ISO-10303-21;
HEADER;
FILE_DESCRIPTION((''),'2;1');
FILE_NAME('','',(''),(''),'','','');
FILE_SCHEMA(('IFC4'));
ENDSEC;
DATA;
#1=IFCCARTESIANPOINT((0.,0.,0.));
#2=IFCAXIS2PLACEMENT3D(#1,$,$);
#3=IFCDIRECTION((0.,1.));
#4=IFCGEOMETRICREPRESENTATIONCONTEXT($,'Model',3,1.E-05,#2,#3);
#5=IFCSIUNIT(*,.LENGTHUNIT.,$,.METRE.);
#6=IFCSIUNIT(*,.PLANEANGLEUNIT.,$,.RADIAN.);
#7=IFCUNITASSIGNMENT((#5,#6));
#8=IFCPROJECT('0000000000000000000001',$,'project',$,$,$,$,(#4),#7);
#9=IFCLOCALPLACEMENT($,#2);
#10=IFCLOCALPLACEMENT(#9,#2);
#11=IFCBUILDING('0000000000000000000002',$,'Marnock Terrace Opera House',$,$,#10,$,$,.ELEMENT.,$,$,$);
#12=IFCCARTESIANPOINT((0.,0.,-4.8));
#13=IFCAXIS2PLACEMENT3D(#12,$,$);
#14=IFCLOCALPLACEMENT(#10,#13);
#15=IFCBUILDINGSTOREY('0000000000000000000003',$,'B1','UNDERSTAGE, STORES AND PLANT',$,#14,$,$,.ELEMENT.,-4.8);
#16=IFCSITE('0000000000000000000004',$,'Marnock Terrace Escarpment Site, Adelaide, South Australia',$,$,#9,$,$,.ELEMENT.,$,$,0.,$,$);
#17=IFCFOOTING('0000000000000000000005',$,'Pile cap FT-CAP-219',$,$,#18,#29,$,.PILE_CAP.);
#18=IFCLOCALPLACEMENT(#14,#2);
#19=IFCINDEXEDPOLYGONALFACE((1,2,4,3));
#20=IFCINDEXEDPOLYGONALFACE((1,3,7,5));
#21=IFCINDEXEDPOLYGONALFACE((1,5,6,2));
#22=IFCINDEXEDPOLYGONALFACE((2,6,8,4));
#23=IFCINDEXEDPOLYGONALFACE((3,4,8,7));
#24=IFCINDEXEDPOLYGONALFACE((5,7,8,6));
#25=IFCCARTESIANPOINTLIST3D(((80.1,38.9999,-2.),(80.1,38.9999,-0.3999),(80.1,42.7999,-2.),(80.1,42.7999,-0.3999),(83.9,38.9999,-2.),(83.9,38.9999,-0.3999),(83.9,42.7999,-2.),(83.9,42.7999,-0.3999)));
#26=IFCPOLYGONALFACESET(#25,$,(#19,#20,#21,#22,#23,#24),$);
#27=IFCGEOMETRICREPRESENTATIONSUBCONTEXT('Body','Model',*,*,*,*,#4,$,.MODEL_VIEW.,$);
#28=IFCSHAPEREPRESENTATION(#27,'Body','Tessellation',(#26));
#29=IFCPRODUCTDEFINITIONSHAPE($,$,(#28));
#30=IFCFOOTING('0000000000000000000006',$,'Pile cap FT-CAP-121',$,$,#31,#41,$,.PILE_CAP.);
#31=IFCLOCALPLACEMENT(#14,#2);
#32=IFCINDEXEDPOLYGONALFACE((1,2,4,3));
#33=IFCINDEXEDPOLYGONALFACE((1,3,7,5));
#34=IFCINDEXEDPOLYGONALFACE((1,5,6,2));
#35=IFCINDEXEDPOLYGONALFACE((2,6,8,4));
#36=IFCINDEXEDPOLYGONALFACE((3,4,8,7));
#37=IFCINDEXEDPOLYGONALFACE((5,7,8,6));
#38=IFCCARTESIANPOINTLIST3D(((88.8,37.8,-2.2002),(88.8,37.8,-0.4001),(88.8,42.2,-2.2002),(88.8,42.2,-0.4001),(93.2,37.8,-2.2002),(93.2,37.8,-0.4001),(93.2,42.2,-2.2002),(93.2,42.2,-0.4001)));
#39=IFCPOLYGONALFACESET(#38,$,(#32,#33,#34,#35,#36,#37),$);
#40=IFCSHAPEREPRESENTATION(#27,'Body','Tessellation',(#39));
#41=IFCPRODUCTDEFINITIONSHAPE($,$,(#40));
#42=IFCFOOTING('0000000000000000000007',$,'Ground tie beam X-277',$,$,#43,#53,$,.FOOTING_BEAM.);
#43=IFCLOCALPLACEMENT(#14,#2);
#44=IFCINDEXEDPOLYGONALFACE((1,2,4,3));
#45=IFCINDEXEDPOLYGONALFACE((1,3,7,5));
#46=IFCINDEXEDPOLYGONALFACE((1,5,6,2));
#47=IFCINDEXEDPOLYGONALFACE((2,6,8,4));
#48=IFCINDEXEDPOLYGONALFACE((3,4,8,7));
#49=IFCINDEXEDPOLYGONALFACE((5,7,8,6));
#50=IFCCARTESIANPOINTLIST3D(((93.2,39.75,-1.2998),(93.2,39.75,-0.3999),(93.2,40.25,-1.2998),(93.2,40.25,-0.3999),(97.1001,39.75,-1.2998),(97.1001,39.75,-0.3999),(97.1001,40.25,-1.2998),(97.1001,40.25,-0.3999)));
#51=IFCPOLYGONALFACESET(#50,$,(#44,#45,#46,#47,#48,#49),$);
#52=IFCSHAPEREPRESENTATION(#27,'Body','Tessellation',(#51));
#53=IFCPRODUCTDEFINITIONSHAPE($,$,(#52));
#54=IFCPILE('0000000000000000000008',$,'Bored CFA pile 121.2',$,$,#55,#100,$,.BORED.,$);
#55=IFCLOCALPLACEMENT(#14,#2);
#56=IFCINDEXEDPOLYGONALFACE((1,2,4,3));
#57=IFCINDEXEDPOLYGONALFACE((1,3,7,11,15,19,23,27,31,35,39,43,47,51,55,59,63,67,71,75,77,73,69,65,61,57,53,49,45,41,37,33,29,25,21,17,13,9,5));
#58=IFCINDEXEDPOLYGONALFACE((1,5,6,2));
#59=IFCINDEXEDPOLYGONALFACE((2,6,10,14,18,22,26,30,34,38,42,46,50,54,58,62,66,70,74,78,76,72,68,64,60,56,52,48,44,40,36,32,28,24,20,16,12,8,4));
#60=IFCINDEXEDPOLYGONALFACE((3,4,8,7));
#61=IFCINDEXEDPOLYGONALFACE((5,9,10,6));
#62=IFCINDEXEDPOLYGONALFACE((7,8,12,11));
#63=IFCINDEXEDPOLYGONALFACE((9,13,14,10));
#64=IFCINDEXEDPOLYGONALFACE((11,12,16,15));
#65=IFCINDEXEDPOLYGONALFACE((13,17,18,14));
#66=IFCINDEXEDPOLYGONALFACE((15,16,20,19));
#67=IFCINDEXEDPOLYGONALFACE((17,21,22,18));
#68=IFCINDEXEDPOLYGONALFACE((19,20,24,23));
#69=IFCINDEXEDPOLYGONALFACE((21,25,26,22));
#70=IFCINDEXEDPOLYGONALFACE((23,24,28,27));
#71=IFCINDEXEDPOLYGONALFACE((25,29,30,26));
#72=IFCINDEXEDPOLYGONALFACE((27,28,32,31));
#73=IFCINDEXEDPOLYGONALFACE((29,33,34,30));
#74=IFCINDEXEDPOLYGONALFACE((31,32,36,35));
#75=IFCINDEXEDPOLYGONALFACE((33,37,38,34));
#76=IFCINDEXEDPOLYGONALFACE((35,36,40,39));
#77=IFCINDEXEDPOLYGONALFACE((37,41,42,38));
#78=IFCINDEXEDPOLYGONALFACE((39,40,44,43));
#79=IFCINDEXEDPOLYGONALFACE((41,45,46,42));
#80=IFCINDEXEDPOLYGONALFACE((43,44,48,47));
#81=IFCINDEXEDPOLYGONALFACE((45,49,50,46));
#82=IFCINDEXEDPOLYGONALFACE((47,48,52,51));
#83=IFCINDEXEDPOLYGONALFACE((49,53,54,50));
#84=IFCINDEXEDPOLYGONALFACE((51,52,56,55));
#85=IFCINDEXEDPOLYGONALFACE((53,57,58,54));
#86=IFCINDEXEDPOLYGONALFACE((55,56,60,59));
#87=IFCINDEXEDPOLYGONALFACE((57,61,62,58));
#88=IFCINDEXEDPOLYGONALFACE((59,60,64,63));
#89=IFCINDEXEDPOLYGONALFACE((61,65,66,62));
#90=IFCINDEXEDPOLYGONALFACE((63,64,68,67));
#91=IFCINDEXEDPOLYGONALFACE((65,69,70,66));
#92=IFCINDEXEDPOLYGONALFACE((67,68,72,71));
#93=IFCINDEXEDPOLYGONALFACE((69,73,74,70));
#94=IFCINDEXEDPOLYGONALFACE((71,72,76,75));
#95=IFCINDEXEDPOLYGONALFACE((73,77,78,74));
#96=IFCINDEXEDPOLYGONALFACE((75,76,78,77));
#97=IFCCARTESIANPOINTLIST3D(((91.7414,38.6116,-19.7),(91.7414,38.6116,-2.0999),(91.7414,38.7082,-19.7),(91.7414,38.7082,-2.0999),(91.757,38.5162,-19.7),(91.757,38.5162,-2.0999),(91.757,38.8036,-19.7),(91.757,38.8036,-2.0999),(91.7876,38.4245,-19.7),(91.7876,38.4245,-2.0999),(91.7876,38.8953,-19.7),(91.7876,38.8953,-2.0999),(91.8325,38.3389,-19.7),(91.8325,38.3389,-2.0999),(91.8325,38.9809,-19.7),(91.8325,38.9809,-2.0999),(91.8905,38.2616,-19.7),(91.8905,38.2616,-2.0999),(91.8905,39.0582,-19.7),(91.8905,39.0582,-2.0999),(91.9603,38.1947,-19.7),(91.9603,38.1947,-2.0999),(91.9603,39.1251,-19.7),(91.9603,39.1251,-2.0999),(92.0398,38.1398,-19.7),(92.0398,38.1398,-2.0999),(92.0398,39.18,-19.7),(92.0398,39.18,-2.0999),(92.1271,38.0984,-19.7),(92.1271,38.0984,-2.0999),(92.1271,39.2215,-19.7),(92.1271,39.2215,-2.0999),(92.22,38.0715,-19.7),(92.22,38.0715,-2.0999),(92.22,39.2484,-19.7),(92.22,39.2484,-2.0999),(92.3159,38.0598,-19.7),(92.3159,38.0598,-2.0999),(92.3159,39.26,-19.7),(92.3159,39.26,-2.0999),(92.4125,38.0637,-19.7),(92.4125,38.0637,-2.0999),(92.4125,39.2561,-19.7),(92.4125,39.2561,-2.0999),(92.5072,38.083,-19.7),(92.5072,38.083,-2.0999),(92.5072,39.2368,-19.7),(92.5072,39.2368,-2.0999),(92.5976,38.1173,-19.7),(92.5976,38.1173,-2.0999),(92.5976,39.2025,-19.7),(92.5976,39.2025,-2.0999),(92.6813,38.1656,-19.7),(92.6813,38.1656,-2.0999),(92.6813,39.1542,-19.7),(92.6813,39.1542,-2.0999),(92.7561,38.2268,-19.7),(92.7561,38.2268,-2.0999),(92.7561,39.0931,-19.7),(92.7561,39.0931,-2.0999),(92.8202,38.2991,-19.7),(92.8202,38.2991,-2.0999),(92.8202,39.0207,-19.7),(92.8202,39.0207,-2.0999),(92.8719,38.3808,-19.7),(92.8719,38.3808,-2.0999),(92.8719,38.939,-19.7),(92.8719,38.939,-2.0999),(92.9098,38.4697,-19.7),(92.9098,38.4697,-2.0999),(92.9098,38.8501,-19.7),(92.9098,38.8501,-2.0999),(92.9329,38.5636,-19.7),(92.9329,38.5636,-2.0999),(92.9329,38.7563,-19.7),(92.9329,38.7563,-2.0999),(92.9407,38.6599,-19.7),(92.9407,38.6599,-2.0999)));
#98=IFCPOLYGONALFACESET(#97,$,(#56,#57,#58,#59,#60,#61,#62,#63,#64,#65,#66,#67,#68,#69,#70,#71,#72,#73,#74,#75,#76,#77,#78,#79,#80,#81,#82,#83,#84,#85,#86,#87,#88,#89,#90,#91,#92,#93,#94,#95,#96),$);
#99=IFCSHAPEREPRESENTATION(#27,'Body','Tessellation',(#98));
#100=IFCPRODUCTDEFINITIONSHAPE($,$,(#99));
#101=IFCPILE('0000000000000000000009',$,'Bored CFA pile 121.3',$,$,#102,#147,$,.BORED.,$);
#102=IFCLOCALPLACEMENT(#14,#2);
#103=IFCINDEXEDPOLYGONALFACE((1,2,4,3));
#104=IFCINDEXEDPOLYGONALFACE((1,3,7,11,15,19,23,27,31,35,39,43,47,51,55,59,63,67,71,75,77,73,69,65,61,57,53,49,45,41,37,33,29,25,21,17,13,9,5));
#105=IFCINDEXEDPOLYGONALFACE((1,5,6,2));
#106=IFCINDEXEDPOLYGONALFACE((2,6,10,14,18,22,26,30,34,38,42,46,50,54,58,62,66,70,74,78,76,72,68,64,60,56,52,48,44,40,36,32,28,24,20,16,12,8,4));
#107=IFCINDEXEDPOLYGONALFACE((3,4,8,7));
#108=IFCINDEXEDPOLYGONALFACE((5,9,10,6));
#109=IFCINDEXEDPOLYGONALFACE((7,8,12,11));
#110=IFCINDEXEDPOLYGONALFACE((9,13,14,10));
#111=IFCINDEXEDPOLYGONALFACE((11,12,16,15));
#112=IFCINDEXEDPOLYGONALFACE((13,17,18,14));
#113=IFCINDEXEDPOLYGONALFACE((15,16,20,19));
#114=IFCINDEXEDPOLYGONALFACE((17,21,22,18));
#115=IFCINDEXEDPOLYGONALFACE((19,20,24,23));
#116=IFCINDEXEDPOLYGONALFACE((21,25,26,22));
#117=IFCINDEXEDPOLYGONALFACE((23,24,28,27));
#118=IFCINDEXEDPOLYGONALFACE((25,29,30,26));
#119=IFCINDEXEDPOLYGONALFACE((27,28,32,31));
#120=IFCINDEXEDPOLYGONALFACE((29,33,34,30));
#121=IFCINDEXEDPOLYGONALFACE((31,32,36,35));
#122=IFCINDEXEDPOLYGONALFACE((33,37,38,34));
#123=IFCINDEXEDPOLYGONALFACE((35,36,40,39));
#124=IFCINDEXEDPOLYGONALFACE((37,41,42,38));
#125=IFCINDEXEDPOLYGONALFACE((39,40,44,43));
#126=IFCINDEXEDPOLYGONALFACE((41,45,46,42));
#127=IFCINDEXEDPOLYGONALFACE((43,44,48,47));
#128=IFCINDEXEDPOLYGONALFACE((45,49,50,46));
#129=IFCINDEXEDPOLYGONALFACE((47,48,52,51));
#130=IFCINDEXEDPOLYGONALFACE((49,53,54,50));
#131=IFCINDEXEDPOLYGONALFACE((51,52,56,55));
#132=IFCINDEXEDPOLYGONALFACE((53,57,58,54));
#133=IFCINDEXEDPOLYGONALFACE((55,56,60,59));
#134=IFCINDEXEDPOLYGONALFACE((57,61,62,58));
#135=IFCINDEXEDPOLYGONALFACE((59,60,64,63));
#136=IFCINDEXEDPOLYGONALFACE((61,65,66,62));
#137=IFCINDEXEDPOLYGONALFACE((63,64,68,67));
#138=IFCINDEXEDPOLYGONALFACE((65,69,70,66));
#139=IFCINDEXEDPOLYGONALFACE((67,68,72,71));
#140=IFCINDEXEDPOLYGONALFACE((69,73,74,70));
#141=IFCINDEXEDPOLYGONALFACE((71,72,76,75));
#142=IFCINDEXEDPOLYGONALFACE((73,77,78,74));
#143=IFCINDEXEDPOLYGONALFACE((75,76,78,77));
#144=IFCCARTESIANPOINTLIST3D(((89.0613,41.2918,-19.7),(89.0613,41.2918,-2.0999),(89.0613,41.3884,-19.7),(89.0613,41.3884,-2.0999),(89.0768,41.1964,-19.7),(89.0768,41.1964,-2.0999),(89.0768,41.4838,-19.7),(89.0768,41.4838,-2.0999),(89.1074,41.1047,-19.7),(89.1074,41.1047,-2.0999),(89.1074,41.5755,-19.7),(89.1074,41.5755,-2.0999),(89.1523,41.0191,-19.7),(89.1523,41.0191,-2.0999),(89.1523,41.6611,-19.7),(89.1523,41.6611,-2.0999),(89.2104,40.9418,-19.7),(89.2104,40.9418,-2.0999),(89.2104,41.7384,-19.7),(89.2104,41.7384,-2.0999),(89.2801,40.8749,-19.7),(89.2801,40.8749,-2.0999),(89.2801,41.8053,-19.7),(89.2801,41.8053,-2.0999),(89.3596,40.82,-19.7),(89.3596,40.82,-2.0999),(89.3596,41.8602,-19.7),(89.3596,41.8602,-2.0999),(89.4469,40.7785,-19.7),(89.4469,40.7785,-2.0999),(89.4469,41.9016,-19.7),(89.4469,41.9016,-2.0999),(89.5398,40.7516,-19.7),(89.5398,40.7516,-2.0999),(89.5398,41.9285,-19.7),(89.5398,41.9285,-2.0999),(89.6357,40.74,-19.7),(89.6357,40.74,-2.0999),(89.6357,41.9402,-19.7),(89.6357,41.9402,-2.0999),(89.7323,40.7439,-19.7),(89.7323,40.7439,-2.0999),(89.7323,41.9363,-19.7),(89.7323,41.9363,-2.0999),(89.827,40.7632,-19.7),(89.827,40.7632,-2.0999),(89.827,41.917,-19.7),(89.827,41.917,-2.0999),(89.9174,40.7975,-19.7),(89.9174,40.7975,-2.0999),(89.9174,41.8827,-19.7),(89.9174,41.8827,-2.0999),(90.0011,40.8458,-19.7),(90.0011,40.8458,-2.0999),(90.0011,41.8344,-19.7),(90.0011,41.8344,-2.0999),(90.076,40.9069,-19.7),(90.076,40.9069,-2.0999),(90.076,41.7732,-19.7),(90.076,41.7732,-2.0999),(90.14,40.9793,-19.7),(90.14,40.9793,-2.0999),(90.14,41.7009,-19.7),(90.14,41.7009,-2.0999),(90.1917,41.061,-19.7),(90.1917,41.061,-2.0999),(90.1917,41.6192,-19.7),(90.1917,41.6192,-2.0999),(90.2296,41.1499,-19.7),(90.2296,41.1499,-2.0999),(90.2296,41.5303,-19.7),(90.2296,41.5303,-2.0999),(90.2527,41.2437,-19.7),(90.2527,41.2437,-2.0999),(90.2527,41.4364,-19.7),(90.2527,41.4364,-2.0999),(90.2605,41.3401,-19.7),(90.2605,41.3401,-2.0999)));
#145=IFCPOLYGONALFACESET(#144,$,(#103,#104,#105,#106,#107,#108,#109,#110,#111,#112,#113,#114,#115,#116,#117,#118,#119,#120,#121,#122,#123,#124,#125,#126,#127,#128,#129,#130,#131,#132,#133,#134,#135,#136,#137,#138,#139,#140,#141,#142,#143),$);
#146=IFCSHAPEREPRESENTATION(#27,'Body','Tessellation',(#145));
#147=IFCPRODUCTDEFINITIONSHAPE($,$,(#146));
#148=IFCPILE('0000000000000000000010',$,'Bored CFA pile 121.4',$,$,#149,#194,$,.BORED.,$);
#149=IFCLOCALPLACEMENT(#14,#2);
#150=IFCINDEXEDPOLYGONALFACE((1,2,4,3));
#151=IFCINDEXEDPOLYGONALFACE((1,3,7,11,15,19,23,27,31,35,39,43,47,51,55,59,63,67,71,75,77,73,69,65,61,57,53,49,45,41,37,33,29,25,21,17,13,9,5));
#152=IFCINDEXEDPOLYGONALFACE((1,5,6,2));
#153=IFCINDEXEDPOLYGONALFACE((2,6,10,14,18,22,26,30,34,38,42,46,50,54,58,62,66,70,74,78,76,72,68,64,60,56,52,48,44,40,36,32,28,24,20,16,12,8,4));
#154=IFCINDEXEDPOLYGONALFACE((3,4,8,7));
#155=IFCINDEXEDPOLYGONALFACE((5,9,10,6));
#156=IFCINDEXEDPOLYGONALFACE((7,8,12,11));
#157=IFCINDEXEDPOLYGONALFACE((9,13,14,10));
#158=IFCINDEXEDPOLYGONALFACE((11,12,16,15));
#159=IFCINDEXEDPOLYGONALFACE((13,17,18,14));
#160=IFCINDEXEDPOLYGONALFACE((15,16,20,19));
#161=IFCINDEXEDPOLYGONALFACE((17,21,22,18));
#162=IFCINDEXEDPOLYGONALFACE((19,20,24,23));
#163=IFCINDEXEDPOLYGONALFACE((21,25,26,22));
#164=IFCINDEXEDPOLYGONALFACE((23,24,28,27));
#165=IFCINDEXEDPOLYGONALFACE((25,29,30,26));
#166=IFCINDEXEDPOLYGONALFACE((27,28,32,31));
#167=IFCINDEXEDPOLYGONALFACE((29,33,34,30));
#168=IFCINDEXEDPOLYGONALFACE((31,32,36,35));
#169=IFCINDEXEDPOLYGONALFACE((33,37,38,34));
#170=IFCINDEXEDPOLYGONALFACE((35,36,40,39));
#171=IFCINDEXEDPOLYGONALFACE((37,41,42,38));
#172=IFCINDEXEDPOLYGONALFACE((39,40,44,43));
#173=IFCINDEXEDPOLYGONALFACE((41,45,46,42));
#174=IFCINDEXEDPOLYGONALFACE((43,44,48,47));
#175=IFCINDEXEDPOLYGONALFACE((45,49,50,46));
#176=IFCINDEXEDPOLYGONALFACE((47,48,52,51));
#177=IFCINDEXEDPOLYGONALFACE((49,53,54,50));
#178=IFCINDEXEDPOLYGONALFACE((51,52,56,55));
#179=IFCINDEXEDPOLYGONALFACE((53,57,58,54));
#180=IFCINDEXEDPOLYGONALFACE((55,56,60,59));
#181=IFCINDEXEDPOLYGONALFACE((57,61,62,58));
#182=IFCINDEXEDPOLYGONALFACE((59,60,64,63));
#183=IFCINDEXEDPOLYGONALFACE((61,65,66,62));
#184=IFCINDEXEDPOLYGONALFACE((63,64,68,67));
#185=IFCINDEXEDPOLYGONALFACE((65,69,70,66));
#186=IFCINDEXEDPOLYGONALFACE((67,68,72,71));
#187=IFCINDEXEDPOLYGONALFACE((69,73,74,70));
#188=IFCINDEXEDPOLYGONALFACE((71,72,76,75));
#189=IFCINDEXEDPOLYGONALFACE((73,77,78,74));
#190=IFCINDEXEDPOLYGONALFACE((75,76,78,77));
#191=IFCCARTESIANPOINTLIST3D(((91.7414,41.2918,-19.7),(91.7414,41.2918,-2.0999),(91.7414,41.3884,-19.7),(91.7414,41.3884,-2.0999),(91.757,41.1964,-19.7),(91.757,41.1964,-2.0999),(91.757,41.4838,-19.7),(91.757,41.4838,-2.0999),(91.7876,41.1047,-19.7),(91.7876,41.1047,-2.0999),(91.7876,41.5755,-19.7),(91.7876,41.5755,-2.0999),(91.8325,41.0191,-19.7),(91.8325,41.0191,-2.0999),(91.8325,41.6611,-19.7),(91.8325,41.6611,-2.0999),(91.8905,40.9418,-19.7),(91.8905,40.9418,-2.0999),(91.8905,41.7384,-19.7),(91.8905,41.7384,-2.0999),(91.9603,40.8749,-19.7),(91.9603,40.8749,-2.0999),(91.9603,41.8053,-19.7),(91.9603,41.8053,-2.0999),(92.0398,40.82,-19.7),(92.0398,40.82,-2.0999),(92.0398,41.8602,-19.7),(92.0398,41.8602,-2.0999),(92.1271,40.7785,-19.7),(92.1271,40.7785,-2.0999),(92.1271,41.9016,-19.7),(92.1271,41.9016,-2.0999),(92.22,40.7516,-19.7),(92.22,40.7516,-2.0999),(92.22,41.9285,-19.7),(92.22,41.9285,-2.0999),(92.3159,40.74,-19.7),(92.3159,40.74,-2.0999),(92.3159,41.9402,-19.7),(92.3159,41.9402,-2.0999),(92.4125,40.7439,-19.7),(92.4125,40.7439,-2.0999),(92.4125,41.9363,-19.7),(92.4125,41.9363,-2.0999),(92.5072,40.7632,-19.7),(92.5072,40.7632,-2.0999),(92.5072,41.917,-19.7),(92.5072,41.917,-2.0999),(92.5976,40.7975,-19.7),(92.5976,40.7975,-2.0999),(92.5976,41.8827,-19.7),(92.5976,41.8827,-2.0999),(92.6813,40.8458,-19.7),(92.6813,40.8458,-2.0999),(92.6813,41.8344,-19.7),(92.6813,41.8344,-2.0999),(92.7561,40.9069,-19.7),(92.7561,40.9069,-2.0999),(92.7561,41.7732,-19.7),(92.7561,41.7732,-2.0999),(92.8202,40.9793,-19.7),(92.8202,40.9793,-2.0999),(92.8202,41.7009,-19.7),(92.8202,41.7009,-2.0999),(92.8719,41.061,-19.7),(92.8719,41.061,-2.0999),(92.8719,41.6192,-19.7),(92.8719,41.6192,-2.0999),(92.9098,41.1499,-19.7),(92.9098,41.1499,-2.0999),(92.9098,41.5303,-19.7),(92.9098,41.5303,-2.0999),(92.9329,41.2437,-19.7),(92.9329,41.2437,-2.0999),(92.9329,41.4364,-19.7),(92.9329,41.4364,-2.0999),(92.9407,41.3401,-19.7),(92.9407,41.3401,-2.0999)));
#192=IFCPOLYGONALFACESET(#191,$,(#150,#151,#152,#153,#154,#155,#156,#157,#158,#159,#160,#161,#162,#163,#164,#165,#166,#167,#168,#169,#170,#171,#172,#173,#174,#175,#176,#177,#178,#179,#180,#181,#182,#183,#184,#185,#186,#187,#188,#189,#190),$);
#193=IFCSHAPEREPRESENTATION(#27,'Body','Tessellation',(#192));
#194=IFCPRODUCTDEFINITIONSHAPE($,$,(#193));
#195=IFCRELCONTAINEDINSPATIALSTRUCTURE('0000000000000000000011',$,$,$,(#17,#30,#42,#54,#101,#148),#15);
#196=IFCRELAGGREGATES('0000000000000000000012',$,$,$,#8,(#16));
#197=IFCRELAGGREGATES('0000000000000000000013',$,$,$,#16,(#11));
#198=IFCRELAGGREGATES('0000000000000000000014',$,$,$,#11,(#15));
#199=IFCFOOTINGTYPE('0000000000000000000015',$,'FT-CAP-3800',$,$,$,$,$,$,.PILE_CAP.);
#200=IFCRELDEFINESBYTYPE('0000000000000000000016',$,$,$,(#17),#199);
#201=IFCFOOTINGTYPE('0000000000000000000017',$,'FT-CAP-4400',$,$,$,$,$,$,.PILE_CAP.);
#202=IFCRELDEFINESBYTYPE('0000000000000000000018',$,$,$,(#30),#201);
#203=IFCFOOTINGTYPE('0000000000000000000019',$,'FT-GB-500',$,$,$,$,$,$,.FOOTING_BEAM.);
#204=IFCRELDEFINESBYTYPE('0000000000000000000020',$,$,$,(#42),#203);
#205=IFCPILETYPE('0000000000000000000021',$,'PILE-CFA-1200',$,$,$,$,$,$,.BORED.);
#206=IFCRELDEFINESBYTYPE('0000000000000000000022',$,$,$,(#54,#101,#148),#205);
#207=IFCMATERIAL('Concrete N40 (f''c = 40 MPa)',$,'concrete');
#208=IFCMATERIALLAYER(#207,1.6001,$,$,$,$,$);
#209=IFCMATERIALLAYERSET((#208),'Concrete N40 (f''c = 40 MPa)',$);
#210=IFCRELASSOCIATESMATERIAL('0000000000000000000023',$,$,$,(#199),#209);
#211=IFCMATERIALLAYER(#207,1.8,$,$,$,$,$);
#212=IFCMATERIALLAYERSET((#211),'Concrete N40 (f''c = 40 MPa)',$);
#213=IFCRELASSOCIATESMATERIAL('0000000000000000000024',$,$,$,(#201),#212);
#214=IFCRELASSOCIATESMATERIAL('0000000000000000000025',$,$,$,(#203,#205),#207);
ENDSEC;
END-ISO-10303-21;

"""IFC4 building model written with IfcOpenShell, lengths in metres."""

from ifc_helpers import new_model, si_unit, direction, frame, origin, origin_2d, place, context, subcontext, project, spatial, rectangle, circle, extrude, material, layer, layer_set, material_profile, profile_set, type_object, element, save


model = new_model("IFC4")

# Units and contexts
model_context = context("Model", 3, precision=1e-05, world=origin(), true_north=direction((0.0, 1.0)))
body_context = subcontext(model_context, "Body", "Model", "MODEL_VIEW")
ifc_project = project(units=[si_unit("LENGTHUNIT", "METRE"), si_unit("PLANEANGLEUNIT", "RADIAN")], contexts=[model_context])

# Site, building, storey
site_placement = place(None, origin())
site = spatial("IfcSite", under=ifc_project, at=site_placement, Name="Marnock Terrace Escarpment Site, Adelaide, South Australia", CompositionType="ELEMENT", RefElevation=0.0)
building_placement = place(site_placement, origin())
building = spatial("IfcBuilding", under=site, at=building_placement, Name="Marnock Terrace Opera House", CompositionType="ELEMENT")
storey_placement = place(building_placement, frame((0.0, 0.0, -4.8)))
storey = spatial("IfcBuildingStorey", under=building, at=storey_placement, Name="B1", Description="UNDERSTAGE, STORES AND PLANT", CompositionType="ELEMENT", Elevation=-4.8)

# Footings
ifc_material_1 = material(Name="Concrete N40 (f'c = 40 MPa)", Category="concrete")
ifc_layer_1 = layer(ifc_material_1, 1.6001)
ifc_layer_set_1 = layer_set([ifc_layer_1], Name="Concrete N40 (f'c = 40 MPa)")
footing_type_1 = type_object("IfcFootingType", Name="FT-CAP-3800", PredefinedType="PILE_CAP", material=ifc_layer_set_1)
footing_1_placement = place(storey_placement, frame((82.0, 40.8999, -2.0), z_axis=(0.0, 0.0, 1.0), x_axis=(1.0, 0.0, 0.0)))
element("IfcFooting", 1, at=footing_1_placement, inside=storey, type_object=footing_type_1, Name="Pile cap FT-CAP-219", PredefinedType="PILE_CAP", context=body_context, shape_type="SweptSolid", body=[
    extrude(rectangle(XDim=3.8, YDim=3.8, at=origin_2d()), origin(), (0.0, 0.0, 1.0), 1.6001),
])
ifc_layer_2 = layer(ifc_material_1, 1.8)
ifc_layer_set_2 = layer_set([ifc_layer_2], Name="Concrete N40 (f'c = 40 MPa)")
footing_type_2 = type_object("IfcFootingType", Name="FT-CAP-4400", PredefinedType="PILE_CAP", material=ifc_layer_set_2)
footing_2_placement = place(storey_placement, frame((91.0, 40.0, -2.2002), z_axis=(0.0, 0.0, 1.0), x_axis=(1.0, 0.0, 0.0)))
element("IfcFooting", 2, at=footing_2_placement, inside=storey, type_object=footing_type_2, Name="Pile cap FT-CAP-121", PredefinedType="PILE_CAP", context=body_context, shape_type="SweptSolid", body=[
    extrude(rectangle(XDim=4.3999, YDim=4.3999, at=origin_2d()), origin(), (0.0, 0.0, 1.0), 1.8),
])
ifc_material_profile_1 = material_profile(ifc_material_1, rectangle(XDim=0.5, YDim=0.8999, at=origin_2d()))
ifc_profile_set_1 = profile_set([ifc_material_profile_1], Name="Concrete N40 (f'c = 40 MPa)")
footing_type_3 = type_object("IfcFootingType", Name="FT-GB-500", PredefinedType="FOOTING_BEAM", material=ifc_profile_set_1)
footing_3_placement = place(storey_placement, frame((93.2, 40.0, -0.8499), z_axis=(1.0, 0.0, 0.0), x_axis=(0.0, 1.0, 0.0)))
element("IfcFooting", 3, at=footing_3_placement, inside=storey, type_object=footing_type_3, Name="Ground tie beam X-277", PredefinedType="FOOTING_BEAM", context=body_context, shape_type="SweptSolid", body=[
    extrude(rectangle(XDim=0.5, YDim=0.8999, at=origin_2d()), origin(), (0.0, 0.0, 1.0), 3.9001),
])

# Piles
ifc_material_profile_2 = material_profile(ifc_material_1, circle(Radius=0.6006, at=origin_2d()))
ifc_profile_set_2 = profile_set([ifc_material_profile_2], Name="Concrete N40 (f'c = 40 MPa)")
pile_type_1 = type_object("IfcPileType", Name="PILE-CFA-1200", PredefinedType="BORED", material=ifc_profile_set_2)
for number, where, z_axis, x_axis, name in (
    (4, (92.3401, 38.6599, -2.0999), (0.0, 0.0, -1.0), (1.0, 0.0, 0.0), "Bored CFA pile 121.2"),
    (5, (89.6599, 41.3401, -2.0999), (0.0, 0.0, -1.0), (1.0, 0.0, 0.0), "Bored CFA pile 121.3"),
    (6, (92.3401, 41.3401, -2.0999), (0.0, 0.0, -1.0), (1.0, 0.0, 0.0), "Bored CFA pile 121.4"),
):
    element("IfcPile", number, at=place(storey_placement, frame(where, z_axis=z_axis, x_axis=x_axis)), inside=storey, type_object=pile_type_1, Name=name, PredefinedType="BORED", context=body_context, shape_type="SweptSolid", body=[
        extrude(circle(Radius=0.6006, at=origin_2d()), origin(), (0.0, 0.0, 1.0), 17.6001),
    ])

save(model, "model.ifc")
